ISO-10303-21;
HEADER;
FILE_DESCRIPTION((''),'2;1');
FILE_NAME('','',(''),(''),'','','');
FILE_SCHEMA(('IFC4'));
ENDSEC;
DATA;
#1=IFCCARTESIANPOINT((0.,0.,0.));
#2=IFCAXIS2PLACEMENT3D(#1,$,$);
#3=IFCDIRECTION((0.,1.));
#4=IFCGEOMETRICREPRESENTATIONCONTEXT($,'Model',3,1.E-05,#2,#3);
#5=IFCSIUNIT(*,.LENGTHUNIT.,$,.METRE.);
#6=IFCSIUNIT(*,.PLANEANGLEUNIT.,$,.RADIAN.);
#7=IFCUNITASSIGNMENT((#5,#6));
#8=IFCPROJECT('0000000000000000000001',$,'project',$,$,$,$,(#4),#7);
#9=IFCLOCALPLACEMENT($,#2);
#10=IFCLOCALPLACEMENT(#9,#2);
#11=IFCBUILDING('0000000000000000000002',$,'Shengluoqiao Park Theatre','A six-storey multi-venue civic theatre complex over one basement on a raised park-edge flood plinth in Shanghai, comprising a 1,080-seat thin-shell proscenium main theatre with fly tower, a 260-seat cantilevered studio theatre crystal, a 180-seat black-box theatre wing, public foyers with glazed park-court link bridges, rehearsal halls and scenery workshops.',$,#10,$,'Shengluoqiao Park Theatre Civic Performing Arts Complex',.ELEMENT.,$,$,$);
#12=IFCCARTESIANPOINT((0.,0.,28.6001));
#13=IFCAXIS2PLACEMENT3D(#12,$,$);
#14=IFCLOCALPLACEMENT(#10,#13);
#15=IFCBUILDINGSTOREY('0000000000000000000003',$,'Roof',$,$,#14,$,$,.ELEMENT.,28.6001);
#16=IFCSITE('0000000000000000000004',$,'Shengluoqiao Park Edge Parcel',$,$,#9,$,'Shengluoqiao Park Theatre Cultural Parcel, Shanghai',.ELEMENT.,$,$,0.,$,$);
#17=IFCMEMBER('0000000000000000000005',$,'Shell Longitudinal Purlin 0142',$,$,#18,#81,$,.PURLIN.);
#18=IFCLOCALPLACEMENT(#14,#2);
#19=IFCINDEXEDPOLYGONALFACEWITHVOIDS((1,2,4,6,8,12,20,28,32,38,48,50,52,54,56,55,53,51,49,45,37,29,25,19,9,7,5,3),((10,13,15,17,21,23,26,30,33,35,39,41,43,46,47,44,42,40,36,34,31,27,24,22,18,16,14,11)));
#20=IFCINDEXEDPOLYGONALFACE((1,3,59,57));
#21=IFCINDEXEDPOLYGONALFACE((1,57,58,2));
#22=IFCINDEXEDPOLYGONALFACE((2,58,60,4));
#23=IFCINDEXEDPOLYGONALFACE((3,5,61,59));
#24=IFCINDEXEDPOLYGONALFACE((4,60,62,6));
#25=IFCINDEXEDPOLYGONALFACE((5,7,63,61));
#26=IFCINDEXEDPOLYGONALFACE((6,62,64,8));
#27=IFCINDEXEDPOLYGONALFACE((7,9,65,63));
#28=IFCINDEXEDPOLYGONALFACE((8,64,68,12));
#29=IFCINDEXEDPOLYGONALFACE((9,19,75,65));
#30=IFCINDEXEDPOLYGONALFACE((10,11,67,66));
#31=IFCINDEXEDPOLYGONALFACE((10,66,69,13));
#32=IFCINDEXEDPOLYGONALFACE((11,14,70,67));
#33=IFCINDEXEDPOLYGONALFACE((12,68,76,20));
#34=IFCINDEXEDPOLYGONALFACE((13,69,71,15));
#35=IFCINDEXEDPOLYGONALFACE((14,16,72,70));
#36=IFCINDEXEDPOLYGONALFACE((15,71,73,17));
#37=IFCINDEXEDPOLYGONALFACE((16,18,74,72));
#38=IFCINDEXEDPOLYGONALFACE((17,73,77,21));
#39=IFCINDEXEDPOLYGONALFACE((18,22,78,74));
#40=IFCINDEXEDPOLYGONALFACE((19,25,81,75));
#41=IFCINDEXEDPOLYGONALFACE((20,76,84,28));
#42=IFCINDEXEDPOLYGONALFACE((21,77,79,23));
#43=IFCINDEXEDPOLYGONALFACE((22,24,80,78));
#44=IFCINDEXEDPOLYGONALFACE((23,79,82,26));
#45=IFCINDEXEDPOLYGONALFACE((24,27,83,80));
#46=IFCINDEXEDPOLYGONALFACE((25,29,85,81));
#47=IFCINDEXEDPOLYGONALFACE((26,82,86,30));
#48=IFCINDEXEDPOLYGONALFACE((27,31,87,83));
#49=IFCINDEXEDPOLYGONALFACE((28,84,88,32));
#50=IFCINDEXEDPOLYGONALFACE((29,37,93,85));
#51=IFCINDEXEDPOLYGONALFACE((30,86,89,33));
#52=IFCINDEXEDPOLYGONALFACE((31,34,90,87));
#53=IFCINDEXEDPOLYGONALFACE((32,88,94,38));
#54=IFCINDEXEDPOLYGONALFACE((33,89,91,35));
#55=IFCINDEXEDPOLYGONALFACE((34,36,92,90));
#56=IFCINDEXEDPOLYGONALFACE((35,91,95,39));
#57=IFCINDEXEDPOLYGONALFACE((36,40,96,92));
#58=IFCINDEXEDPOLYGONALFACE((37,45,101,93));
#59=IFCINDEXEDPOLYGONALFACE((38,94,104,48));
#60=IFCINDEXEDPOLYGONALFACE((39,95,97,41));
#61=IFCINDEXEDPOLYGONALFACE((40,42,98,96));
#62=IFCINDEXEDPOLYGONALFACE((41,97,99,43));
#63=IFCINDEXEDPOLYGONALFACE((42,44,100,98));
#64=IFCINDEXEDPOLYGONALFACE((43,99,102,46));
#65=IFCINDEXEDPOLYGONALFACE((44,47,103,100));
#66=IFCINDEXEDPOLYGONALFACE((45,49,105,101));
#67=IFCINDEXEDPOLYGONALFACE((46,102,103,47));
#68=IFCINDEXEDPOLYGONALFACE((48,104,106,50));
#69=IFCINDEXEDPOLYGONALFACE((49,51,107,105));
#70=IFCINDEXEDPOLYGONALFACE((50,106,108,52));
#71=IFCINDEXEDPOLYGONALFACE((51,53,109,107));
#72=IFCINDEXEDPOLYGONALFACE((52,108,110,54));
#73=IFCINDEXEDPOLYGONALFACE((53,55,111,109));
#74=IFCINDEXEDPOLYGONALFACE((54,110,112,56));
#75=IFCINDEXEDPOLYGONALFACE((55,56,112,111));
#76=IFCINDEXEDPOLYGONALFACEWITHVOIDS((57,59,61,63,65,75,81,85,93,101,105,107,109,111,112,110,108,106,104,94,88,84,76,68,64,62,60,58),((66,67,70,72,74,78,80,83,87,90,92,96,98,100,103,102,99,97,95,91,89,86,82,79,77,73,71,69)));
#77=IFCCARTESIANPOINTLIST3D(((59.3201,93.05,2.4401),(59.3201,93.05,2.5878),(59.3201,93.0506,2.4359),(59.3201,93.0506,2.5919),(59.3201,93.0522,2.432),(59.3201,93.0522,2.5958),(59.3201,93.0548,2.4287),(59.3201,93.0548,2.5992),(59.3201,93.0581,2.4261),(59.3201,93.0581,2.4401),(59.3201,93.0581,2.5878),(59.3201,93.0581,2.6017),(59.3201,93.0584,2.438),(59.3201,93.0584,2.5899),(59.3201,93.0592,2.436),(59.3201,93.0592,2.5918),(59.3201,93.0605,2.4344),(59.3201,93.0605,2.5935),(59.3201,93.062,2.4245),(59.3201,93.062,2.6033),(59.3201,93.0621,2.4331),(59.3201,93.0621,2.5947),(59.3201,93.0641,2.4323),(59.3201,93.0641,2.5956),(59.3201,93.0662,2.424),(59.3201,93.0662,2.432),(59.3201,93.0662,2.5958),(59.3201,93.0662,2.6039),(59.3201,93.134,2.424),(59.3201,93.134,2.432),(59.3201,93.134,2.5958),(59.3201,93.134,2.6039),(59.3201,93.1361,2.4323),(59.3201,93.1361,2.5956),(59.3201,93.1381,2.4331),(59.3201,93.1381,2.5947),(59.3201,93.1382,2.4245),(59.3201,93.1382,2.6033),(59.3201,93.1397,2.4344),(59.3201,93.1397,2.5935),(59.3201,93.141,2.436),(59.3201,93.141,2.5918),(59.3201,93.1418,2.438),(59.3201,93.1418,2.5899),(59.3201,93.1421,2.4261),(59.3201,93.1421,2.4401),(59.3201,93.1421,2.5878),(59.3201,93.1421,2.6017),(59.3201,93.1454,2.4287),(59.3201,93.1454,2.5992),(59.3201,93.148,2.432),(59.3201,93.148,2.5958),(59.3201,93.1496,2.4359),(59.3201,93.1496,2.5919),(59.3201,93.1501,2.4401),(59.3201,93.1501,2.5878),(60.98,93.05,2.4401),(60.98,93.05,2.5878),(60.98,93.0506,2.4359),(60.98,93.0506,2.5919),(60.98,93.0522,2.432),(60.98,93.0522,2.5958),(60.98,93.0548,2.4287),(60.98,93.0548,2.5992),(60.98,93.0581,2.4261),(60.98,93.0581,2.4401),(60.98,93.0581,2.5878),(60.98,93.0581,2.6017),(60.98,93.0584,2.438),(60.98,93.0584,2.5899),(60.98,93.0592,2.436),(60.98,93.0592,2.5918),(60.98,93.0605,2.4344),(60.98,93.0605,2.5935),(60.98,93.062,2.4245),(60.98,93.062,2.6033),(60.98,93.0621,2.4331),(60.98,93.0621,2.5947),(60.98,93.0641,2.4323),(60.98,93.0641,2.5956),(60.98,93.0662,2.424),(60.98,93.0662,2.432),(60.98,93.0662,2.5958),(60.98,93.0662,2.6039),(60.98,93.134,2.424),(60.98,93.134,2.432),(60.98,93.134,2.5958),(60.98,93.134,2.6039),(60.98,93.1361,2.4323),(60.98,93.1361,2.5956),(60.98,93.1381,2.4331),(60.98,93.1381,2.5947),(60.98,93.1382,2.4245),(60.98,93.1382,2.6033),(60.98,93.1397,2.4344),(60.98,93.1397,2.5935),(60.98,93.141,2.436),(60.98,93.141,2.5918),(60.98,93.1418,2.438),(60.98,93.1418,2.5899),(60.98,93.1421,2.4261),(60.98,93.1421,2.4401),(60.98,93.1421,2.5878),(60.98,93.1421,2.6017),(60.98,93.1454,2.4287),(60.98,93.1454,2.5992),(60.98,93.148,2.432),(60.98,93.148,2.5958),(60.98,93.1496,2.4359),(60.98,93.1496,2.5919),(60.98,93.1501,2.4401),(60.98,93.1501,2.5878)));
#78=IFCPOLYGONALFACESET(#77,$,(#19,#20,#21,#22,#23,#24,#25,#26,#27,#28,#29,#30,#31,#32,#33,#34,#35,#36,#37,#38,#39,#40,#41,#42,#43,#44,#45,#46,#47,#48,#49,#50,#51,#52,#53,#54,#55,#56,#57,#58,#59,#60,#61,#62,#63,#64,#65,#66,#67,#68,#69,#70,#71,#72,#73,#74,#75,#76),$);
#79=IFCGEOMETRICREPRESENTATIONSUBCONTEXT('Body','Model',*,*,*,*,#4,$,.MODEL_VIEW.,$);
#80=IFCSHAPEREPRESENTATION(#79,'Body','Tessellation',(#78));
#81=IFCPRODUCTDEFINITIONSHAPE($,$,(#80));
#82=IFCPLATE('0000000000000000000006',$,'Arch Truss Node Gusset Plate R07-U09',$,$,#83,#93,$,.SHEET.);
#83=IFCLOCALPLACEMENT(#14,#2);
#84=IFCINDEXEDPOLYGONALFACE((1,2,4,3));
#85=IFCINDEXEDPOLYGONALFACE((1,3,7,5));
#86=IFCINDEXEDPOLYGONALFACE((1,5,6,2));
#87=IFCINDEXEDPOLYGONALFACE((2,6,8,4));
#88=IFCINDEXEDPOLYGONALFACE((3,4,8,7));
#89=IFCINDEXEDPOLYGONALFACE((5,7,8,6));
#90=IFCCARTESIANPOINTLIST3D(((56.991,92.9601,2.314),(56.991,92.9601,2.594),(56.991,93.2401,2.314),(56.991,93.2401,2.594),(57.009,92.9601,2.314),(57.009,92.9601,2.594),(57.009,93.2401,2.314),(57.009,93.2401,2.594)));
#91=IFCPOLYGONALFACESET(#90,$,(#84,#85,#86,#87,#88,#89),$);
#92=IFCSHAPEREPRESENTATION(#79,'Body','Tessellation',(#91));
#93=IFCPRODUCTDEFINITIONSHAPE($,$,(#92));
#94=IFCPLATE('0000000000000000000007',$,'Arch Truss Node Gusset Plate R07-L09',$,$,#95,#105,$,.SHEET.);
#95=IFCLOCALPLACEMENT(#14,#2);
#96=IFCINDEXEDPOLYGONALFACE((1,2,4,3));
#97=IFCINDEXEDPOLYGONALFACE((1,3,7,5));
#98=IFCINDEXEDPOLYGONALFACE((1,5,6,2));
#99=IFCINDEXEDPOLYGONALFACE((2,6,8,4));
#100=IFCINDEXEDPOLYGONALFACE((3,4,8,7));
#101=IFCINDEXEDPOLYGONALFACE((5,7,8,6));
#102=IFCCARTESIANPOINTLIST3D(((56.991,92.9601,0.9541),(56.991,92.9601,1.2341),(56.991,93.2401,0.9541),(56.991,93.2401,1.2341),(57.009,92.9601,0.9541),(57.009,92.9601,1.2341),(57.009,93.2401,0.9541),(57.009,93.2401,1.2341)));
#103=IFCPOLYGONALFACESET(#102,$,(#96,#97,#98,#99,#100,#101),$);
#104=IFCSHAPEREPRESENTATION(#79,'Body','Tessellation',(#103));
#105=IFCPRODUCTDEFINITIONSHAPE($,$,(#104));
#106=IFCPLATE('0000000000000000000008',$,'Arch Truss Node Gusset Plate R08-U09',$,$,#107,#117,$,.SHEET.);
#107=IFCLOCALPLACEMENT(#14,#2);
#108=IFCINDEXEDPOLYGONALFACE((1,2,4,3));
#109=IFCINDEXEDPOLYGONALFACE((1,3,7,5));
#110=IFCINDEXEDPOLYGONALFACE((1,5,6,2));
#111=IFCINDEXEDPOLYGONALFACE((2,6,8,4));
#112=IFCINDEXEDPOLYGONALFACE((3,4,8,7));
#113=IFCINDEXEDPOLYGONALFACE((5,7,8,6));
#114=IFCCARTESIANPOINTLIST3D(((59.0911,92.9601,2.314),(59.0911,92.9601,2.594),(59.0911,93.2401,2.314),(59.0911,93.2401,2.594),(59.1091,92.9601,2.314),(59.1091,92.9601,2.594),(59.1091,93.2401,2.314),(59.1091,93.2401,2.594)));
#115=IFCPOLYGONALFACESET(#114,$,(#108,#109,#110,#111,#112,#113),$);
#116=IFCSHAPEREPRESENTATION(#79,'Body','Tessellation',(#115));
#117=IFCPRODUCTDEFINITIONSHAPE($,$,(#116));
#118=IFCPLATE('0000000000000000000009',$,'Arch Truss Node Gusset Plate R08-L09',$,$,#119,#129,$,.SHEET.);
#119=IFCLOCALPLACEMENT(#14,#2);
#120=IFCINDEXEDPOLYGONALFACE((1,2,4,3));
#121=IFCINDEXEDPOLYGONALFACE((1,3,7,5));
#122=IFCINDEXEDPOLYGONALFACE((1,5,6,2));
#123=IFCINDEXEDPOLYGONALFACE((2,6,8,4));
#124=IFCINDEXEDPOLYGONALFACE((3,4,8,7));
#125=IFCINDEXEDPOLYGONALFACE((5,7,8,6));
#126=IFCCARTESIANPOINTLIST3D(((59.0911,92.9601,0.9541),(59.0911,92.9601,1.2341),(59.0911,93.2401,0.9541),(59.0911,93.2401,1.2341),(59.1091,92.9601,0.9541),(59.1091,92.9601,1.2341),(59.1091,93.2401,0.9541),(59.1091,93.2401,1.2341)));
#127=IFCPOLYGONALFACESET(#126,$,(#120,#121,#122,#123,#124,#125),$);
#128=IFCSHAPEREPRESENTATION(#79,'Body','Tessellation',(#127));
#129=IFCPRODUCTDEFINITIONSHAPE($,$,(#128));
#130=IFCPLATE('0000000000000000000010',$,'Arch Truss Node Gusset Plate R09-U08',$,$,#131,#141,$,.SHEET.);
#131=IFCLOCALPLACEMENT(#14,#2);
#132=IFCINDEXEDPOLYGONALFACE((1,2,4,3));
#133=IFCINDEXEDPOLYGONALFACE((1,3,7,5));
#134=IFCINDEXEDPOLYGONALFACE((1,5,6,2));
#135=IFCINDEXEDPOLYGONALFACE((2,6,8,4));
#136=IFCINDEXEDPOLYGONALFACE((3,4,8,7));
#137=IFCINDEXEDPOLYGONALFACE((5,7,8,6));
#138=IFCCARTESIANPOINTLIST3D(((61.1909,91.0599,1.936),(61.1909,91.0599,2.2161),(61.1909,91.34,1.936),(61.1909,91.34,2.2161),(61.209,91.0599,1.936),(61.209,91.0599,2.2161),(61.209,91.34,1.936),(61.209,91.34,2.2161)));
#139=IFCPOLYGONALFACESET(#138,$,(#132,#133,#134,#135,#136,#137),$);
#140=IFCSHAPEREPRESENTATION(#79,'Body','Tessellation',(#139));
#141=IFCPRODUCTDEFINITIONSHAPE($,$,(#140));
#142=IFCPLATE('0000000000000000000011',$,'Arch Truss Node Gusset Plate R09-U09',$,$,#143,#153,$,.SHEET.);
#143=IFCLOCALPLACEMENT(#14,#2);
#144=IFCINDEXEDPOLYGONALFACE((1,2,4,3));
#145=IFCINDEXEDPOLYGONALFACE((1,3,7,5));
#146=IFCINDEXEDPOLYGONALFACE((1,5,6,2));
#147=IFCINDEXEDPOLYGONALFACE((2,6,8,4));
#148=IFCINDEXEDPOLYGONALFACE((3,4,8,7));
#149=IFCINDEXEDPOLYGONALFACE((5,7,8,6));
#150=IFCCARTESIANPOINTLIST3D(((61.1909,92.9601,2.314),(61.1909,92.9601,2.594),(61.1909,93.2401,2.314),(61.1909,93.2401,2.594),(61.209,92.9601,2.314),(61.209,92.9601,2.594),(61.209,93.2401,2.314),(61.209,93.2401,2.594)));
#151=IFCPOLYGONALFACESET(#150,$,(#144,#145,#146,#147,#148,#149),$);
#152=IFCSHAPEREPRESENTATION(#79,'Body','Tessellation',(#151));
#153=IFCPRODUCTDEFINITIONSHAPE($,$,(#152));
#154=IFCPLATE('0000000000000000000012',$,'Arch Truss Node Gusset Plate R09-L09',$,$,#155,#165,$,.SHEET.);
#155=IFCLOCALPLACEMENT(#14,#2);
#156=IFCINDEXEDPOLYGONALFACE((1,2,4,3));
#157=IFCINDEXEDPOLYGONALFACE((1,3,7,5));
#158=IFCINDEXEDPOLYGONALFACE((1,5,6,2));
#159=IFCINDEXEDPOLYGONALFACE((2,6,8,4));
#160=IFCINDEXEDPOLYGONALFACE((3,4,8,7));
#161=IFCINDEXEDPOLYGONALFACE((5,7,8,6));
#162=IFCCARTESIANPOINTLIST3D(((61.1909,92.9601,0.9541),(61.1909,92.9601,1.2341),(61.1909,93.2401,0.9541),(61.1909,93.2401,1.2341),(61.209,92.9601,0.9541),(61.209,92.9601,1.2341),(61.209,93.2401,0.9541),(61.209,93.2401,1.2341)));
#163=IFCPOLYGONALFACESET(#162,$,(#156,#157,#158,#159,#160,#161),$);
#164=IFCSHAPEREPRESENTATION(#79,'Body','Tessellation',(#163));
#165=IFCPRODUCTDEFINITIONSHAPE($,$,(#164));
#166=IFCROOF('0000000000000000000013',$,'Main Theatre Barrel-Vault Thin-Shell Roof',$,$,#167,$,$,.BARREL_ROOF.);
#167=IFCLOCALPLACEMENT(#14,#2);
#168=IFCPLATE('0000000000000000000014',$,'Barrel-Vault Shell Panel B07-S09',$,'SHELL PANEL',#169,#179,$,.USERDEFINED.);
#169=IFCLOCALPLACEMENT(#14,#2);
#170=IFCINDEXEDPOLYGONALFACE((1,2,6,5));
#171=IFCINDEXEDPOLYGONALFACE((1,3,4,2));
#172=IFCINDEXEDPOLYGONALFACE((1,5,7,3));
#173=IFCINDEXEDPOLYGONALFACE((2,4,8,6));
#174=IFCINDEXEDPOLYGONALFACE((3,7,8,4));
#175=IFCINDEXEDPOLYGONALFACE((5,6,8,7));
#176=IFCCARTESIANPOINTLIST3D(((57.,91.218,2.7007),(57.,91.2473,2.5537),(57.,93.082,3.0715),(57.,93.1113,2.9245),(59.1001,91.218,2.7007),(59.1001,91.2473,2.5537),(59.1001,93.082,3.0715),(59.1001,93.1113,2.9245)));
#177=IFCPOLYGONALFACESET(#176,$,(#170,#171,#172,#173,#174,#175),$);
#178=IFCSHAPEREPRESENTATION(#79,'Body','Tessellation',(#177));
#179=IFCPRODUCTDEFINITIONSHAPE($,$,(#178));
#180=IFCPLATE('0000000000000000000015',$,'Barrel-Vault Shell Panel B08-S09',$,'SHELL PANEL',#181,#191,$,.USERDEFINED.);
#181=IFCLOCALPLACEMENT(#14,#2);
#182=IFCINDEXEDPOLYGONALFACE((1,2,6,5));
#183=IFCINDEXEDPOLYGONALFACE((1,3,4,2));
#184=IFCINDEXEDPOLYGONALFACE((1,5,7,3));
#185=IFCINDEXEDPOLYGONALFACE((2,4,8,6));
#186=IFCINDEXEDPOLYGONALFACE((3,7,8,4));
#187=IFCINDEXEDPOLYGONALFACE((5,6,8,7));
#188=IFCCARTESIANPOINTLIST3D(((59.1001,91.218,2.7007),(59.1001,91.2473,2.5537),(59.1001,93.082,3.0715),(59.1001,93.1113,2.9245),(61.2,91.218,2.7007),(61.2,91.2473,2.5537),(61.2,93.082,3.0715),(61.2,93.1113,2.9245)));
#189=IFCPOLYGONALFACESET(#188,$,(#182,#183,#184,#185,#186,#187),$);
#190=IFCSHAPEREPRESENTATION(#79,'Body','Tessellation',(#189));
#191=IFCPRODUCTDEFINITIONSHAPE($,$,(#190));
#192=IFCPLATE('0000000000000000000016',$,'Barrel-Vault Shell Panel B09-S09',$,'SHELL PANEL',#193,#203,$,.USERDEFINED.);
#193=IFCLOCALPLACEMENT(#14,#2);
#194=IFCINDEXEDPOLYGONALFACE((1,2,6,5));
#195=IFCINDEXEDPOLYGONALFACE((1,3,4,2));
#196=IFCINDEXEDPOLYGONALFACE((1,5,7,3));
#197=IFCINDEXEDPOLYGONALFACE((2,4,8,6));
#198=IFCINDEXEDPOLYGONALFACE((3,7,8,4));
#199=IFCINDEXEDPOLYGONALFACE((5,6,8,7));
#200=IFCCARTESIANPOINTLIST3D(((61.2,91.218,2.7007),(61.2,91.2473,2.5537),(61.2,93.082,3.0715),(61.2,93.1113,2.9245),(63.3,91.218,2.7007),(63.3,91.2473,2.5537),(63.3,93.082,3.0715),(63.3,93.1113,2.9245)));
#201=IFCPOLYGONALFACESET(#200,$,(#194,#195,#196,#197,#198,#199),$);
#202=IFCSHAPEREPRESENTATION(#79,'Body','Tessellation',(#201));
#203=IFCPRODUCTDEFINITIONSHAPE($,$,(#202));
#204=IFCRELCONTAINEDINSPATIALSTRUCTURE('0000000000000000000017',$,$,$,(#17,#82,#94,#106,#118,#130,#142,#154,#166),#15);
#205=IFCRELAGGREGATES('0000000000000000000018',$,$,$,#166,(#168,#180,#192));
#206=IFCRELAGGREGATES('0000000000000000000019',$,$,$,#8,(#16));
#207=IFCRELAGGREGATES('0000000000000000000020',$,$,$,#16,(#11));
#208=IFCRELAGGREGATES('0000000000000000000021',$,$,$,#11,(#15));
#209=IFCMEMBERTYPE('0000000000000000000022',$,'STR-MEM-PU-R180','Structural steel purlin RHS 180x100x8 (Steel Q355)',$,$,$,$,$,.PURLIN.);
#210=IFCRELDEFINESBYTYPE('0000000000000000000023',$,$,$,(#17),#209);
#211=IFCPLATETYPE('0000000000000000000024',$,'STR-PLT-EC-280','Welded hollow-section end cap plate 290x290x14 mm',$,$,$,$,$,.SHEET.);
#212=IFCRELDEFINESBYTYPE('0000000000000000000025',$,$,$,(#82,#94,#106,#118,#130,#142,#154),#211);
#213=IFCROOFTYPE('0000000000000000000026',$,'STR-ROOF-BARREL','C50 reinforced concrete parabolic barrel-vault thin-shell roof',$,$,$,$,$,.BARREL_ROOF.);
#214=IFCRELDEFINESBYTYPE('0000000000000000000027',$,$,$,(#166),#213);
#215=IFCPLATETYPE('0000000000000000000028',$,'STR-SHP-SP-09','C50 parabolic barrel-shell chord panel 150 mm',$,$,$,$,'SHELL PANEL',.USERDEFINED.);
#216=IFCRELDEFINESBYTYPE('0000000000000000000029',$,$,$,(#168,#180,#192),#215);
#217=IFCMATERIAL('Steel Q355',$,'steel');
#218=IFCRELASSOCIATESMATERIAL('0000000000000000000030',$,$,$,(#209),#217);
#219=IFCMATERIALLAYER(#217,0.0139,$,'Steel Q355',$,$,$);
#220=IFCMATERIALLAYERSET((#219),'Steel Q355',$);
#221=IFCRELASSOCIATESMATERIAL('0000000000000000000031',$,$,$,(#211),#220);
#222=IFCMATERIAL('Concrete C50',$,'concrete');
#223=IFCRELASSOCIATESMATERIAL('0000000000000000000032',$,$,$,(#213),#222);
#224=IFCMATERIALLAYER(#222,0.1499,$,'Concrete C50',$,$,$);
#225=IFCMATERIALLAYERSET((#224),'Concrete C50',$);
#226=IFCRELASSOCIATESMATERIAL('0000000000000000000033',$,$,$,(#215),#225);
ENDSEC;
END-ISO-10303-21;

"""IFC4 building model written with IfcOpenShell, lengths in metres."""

from ifc_helpers import new_model, si_unit, direction, frame, origin, origin_2d, place, context, subcontext, project, spatial, polyline, rectangle, hollow_rectangle, outline, extrude, material, layer, layer_set, material_profile, profile_set, type_object, element, aggregate, save


model = new_model("IFC4")

# Units and contexts
model_context = context("Model", 3, precision=1e-05, world=origin(), true_north=direction((0.0, 1.0)))
body_context = subcontext(model_context, "Body", "Model", "MODEL_VIEW")
ifc_project = project(units=[si_unit("LENGTHUNIT", "METRE"), si_unit("PLANEANGLEUNIT", "RADIAN")], contexts=[model_context])

# Site, building, storey
site_placement = place(None, origin())
site = spatial("IfcSite", under=ifc_project, at=site_placement, Name="Shengluoqiao Park Edge Parcel", LongName="Shengluoqiao Park Theatre Cultural Parcel, Shanghai", CompositionType="ELEMENT", RefElevation=0.0)
building_placement = place(site_placement, origin())
building = spatial("IfcBuilding", under=site, at=building_placement, Name="Shengluoqiao Park Theatre", Description="A six-storey multi-venue civic theatre complex over one basement on a raised park-edge flood plinth in Shanghai, comprising a 1,080-seat thin-shell proscenium main theatre with fly tower, a 260-seat cantilevered studio theatre crystal, a 180-seat black-box theatre wing, public foyers with glazed park-court link bridges, rehearsal halls and scenery workshops.", LongName="Shengluoqiao Park Theatre Civic Performing Arts Complex", CompositionType="ELEMENT")
storey_placement = place(building_placement, frame((0.0, 0.0, 28.6001)))
storey = spatial("IfcBuildingStorey", under=building, at=storey_placement, Name="Roof", CompositionType="ELEMENT", Elevation=28.6001)

# Shared definitions
ifc_material_1 = material(Name="Concrete C50", Category="concrete")
ifc_material_2 = material(Name="Steel Q355", Category="steel")

# Member
ifc_material_profile_1 = material_profile(ifc_material_2, hollow_rectangle(XDim=0.1001, YDim=0.1799, WallThickness=0.0081, InnerFilletRadius=0.0081, OuterFilletRadius=0.0161, at=origin_2d()), Name="RHS 180x100x8")
ifc_profile_set_1 = profile_set([ifc_material_profile_1], Name="Steel Q355")
member_type_1 = type_object("IfcMemberType", Name="STR-MEM-PU-R180", Description="Structural steel purlin RHS 180x100x8 (Steel Q355)", PredefinedType="PURLIN", material=ifc_profile_set_1)
for number, where, z_axis, x_axis, name in (
    (1, (59.3201, 93.1001, 2.5139), (1.0, 0.0, 0.0), (0.0, 1.0, 0.0), "Shell Longitudinal Purlin 0142"),
):
    element("IfcMember", number, at=place(storey_placement, frame(where, z_axis=z_axis, x_axis=x_axis)), inside=storey, type_object=member_type_1, Name=name, PredefinedType="PURLIN", context=body_context, shape_type="SweptSolid", body=[
        extrude(hollow_rectangle(XDim=0.1001, YDim=0.1799, WallThickness=0.0081, InnerFilletRadius=0.0081, OuterFilletRadius=0.0161, at=origin_2d()), origin(), (0.0, 0.0, 1.0), 1.6599),
    ])

# Plates
ifc_layer_1 = layer(ifc_material_2, 0.0139, Name="Steel Q355")
ifc_layer_set_1 = layer_set([ifc_layer_1], Name="Steel Q355")
plate_type_1 = type_object("IfcPlateType", Name="STR-PLT-EC-280", Description="Welded hollow-section end cap plate 290x290x14 mm", PredefinedType="SHEET", material=ifc_layer_set_1)
for number, where, z_axis, x_axis, name in (
    (2, (57.0, 93.1001, 2.314), (0.0, 0.0, 1.0), (1.0, 0.0, 0.0), "Arch Truss Node Gusset Plate R07-U09"),
    (3, (57.0, 93.1001, 0.9541), (0.0, 0.0, 1.0), (1.0, 0.0, 0.0), "Arch Truss Node Gusset Plate R07-L09"),
    (4, (59.1001, 93.1001, 2.314), (0.0, 0.0, 1.0), (1.0, 0.0, 0.0), "Arch Truss Node Gusset Plate R08-U09"),
    (5, (59.1001, 93.1001, 0.9541), (0.0, 0.0, 1.0), (1.0, 0.0, 0.0), "Arch Truss Node Gusset Plate R08-L09"),
    (6, (61.2, 91.2, 1.936), (0.0, 0.0, 1.0), (1.0, 0.0, 0.0), "Arch Truss Node Gusset Plate R09-U08"),
    (7, (61.2, 93.1001, 2.314), (0.0, 0.0, 1.0), (1.0, 0.0, 0.0), "Arch Truss Node Gusset Plate R09-U09"),
    (8, (61.2, 93.1001, 0.9541), (0.0, 0.0, 1.0), (1.0, 0.0, 0.0), "Arch Truss Node Gusset Plate R09-L09"),
):
    element("IfcPlate", number, at=place(storey_placement, frame(where, z_axis=z_axis, x_axis=x_axis)), inside=storey, type_object=plate_type_1, Name=name, PredefinedType="SHEET", context=body_context, shape_type="SweptSolid", body=[
        extrude(rectangle(XDim=0.0181, YDim=0.28, at=origin_2d()), origin(), (0.0, 0.0, 1.0), 0.28),
    ])

# Roof, plates
roof_type = type_object("IfcRoofType", Name="STR-ROOF-BARREL", Description="C50 reinforced concrete parabolic barrel-vault thin-shell roof", PredefinedType="BARREL_ROOF", material=ifc_material_1)
roof_placement = place(storey_placement, origin())
roof = element("IfcRoof", 9, at=roof_placement, inside=storey, type_object=roof_type, Name="Main Theatre Barrel-Vault Thin-Shell Roof", PredefinedType="BARREL_ROOF")
ifc_layer_2 = layer(ifc_material_1, 0.1499, Name="Concrete C50")
ifc_layer_set_2 = layer_set([ifc_layer_2], Name="Concrete C50")
plate_type_2 = type_object("IfcPlateType", Name="STR-SHP-SP-09", Description="C50 parabolic barrel-shell chord panel 150 mm", ElementType="SHELL PANEL", PredefinedType="USERDEFINED", material=ifc_layer_set_2)
plate_1_placement = place(storey_placement, frame((57.0, 91.218, 2.7007), z_axis=(0.0, -0.195128, 0.980778), x_axis=(1.0, 0.0, 0.0)))
plate_1 = element("IfcPlate", 10, at=plate_1_placement, type_object=plate_type_2, Name="Barrel-Vault Shell Panel B07-S09", ObjectType="SHELL PANEL", PredefinedType="USERDEFINED", context=body_context, shape_type="SweptSolid", body=[
    extrude(outline(polyline([(0.0, 0.0), (2.1001, 0.0), (2.1001, 1.9005), (0.0, 1.9005), (0.0, 0.0)])), origin(), (0.0, 0.0, -1.0), 0.1499),
])
plate_2_placement = place(storey_placement, frame((59.1001, 91.218, 2.7007), z_axis=(0.0, -0.195128, 0.980778), x_axis=(1.0, 0.0, 0.0)))
plate_2 = element("IfcPlate", 11, at=plate_2_placement, type_object=plate_type_2, Name="Barrel-Vault Shell Panel B08-S09", ObjectType="SHELL PANEL", PredefinedType="USERDEFINED", context=body_context, shape_type="SweptSolid", body=[
    extrude(outline(polyline([(0.0, 0.0), (2.0999, 0.0), (2.0999, 1.9005), (0.0, 1.9005), (0.0, 0.0)])), origin(), (0.0, 0.0, -1.0), 0.1499),
])
plate_3_placement = place(storey_placement, frame((61.2, 91.218, 2.7007), z_axis=(0.0, -0.195128, 0.980778), x_axis=(1.0, 0.0, 0.0)))
plate_3 = element("IfcPlate", 12, at=plate_3_placement, type_object=plate_type_2, Name="Barrel-Vault Shell Panel B09-S09", ObjectType="SHELL PANEL", PredefinedType="USERDEFINED", context=body_context, shape_type="SweptSolid", body=[
    extrude(outline(polyline([(0.0, 0.0), (2.1001, 0.0), (2.1001, 1.9005), (0.0, 1.9005), (0.0, 0.0)])), origin(), (0.0, 0.0, -1.0), 0.1499),
])
aggregate(roof, [plate_1, plate_2, plate_3])

save(model, "model.ifc")
